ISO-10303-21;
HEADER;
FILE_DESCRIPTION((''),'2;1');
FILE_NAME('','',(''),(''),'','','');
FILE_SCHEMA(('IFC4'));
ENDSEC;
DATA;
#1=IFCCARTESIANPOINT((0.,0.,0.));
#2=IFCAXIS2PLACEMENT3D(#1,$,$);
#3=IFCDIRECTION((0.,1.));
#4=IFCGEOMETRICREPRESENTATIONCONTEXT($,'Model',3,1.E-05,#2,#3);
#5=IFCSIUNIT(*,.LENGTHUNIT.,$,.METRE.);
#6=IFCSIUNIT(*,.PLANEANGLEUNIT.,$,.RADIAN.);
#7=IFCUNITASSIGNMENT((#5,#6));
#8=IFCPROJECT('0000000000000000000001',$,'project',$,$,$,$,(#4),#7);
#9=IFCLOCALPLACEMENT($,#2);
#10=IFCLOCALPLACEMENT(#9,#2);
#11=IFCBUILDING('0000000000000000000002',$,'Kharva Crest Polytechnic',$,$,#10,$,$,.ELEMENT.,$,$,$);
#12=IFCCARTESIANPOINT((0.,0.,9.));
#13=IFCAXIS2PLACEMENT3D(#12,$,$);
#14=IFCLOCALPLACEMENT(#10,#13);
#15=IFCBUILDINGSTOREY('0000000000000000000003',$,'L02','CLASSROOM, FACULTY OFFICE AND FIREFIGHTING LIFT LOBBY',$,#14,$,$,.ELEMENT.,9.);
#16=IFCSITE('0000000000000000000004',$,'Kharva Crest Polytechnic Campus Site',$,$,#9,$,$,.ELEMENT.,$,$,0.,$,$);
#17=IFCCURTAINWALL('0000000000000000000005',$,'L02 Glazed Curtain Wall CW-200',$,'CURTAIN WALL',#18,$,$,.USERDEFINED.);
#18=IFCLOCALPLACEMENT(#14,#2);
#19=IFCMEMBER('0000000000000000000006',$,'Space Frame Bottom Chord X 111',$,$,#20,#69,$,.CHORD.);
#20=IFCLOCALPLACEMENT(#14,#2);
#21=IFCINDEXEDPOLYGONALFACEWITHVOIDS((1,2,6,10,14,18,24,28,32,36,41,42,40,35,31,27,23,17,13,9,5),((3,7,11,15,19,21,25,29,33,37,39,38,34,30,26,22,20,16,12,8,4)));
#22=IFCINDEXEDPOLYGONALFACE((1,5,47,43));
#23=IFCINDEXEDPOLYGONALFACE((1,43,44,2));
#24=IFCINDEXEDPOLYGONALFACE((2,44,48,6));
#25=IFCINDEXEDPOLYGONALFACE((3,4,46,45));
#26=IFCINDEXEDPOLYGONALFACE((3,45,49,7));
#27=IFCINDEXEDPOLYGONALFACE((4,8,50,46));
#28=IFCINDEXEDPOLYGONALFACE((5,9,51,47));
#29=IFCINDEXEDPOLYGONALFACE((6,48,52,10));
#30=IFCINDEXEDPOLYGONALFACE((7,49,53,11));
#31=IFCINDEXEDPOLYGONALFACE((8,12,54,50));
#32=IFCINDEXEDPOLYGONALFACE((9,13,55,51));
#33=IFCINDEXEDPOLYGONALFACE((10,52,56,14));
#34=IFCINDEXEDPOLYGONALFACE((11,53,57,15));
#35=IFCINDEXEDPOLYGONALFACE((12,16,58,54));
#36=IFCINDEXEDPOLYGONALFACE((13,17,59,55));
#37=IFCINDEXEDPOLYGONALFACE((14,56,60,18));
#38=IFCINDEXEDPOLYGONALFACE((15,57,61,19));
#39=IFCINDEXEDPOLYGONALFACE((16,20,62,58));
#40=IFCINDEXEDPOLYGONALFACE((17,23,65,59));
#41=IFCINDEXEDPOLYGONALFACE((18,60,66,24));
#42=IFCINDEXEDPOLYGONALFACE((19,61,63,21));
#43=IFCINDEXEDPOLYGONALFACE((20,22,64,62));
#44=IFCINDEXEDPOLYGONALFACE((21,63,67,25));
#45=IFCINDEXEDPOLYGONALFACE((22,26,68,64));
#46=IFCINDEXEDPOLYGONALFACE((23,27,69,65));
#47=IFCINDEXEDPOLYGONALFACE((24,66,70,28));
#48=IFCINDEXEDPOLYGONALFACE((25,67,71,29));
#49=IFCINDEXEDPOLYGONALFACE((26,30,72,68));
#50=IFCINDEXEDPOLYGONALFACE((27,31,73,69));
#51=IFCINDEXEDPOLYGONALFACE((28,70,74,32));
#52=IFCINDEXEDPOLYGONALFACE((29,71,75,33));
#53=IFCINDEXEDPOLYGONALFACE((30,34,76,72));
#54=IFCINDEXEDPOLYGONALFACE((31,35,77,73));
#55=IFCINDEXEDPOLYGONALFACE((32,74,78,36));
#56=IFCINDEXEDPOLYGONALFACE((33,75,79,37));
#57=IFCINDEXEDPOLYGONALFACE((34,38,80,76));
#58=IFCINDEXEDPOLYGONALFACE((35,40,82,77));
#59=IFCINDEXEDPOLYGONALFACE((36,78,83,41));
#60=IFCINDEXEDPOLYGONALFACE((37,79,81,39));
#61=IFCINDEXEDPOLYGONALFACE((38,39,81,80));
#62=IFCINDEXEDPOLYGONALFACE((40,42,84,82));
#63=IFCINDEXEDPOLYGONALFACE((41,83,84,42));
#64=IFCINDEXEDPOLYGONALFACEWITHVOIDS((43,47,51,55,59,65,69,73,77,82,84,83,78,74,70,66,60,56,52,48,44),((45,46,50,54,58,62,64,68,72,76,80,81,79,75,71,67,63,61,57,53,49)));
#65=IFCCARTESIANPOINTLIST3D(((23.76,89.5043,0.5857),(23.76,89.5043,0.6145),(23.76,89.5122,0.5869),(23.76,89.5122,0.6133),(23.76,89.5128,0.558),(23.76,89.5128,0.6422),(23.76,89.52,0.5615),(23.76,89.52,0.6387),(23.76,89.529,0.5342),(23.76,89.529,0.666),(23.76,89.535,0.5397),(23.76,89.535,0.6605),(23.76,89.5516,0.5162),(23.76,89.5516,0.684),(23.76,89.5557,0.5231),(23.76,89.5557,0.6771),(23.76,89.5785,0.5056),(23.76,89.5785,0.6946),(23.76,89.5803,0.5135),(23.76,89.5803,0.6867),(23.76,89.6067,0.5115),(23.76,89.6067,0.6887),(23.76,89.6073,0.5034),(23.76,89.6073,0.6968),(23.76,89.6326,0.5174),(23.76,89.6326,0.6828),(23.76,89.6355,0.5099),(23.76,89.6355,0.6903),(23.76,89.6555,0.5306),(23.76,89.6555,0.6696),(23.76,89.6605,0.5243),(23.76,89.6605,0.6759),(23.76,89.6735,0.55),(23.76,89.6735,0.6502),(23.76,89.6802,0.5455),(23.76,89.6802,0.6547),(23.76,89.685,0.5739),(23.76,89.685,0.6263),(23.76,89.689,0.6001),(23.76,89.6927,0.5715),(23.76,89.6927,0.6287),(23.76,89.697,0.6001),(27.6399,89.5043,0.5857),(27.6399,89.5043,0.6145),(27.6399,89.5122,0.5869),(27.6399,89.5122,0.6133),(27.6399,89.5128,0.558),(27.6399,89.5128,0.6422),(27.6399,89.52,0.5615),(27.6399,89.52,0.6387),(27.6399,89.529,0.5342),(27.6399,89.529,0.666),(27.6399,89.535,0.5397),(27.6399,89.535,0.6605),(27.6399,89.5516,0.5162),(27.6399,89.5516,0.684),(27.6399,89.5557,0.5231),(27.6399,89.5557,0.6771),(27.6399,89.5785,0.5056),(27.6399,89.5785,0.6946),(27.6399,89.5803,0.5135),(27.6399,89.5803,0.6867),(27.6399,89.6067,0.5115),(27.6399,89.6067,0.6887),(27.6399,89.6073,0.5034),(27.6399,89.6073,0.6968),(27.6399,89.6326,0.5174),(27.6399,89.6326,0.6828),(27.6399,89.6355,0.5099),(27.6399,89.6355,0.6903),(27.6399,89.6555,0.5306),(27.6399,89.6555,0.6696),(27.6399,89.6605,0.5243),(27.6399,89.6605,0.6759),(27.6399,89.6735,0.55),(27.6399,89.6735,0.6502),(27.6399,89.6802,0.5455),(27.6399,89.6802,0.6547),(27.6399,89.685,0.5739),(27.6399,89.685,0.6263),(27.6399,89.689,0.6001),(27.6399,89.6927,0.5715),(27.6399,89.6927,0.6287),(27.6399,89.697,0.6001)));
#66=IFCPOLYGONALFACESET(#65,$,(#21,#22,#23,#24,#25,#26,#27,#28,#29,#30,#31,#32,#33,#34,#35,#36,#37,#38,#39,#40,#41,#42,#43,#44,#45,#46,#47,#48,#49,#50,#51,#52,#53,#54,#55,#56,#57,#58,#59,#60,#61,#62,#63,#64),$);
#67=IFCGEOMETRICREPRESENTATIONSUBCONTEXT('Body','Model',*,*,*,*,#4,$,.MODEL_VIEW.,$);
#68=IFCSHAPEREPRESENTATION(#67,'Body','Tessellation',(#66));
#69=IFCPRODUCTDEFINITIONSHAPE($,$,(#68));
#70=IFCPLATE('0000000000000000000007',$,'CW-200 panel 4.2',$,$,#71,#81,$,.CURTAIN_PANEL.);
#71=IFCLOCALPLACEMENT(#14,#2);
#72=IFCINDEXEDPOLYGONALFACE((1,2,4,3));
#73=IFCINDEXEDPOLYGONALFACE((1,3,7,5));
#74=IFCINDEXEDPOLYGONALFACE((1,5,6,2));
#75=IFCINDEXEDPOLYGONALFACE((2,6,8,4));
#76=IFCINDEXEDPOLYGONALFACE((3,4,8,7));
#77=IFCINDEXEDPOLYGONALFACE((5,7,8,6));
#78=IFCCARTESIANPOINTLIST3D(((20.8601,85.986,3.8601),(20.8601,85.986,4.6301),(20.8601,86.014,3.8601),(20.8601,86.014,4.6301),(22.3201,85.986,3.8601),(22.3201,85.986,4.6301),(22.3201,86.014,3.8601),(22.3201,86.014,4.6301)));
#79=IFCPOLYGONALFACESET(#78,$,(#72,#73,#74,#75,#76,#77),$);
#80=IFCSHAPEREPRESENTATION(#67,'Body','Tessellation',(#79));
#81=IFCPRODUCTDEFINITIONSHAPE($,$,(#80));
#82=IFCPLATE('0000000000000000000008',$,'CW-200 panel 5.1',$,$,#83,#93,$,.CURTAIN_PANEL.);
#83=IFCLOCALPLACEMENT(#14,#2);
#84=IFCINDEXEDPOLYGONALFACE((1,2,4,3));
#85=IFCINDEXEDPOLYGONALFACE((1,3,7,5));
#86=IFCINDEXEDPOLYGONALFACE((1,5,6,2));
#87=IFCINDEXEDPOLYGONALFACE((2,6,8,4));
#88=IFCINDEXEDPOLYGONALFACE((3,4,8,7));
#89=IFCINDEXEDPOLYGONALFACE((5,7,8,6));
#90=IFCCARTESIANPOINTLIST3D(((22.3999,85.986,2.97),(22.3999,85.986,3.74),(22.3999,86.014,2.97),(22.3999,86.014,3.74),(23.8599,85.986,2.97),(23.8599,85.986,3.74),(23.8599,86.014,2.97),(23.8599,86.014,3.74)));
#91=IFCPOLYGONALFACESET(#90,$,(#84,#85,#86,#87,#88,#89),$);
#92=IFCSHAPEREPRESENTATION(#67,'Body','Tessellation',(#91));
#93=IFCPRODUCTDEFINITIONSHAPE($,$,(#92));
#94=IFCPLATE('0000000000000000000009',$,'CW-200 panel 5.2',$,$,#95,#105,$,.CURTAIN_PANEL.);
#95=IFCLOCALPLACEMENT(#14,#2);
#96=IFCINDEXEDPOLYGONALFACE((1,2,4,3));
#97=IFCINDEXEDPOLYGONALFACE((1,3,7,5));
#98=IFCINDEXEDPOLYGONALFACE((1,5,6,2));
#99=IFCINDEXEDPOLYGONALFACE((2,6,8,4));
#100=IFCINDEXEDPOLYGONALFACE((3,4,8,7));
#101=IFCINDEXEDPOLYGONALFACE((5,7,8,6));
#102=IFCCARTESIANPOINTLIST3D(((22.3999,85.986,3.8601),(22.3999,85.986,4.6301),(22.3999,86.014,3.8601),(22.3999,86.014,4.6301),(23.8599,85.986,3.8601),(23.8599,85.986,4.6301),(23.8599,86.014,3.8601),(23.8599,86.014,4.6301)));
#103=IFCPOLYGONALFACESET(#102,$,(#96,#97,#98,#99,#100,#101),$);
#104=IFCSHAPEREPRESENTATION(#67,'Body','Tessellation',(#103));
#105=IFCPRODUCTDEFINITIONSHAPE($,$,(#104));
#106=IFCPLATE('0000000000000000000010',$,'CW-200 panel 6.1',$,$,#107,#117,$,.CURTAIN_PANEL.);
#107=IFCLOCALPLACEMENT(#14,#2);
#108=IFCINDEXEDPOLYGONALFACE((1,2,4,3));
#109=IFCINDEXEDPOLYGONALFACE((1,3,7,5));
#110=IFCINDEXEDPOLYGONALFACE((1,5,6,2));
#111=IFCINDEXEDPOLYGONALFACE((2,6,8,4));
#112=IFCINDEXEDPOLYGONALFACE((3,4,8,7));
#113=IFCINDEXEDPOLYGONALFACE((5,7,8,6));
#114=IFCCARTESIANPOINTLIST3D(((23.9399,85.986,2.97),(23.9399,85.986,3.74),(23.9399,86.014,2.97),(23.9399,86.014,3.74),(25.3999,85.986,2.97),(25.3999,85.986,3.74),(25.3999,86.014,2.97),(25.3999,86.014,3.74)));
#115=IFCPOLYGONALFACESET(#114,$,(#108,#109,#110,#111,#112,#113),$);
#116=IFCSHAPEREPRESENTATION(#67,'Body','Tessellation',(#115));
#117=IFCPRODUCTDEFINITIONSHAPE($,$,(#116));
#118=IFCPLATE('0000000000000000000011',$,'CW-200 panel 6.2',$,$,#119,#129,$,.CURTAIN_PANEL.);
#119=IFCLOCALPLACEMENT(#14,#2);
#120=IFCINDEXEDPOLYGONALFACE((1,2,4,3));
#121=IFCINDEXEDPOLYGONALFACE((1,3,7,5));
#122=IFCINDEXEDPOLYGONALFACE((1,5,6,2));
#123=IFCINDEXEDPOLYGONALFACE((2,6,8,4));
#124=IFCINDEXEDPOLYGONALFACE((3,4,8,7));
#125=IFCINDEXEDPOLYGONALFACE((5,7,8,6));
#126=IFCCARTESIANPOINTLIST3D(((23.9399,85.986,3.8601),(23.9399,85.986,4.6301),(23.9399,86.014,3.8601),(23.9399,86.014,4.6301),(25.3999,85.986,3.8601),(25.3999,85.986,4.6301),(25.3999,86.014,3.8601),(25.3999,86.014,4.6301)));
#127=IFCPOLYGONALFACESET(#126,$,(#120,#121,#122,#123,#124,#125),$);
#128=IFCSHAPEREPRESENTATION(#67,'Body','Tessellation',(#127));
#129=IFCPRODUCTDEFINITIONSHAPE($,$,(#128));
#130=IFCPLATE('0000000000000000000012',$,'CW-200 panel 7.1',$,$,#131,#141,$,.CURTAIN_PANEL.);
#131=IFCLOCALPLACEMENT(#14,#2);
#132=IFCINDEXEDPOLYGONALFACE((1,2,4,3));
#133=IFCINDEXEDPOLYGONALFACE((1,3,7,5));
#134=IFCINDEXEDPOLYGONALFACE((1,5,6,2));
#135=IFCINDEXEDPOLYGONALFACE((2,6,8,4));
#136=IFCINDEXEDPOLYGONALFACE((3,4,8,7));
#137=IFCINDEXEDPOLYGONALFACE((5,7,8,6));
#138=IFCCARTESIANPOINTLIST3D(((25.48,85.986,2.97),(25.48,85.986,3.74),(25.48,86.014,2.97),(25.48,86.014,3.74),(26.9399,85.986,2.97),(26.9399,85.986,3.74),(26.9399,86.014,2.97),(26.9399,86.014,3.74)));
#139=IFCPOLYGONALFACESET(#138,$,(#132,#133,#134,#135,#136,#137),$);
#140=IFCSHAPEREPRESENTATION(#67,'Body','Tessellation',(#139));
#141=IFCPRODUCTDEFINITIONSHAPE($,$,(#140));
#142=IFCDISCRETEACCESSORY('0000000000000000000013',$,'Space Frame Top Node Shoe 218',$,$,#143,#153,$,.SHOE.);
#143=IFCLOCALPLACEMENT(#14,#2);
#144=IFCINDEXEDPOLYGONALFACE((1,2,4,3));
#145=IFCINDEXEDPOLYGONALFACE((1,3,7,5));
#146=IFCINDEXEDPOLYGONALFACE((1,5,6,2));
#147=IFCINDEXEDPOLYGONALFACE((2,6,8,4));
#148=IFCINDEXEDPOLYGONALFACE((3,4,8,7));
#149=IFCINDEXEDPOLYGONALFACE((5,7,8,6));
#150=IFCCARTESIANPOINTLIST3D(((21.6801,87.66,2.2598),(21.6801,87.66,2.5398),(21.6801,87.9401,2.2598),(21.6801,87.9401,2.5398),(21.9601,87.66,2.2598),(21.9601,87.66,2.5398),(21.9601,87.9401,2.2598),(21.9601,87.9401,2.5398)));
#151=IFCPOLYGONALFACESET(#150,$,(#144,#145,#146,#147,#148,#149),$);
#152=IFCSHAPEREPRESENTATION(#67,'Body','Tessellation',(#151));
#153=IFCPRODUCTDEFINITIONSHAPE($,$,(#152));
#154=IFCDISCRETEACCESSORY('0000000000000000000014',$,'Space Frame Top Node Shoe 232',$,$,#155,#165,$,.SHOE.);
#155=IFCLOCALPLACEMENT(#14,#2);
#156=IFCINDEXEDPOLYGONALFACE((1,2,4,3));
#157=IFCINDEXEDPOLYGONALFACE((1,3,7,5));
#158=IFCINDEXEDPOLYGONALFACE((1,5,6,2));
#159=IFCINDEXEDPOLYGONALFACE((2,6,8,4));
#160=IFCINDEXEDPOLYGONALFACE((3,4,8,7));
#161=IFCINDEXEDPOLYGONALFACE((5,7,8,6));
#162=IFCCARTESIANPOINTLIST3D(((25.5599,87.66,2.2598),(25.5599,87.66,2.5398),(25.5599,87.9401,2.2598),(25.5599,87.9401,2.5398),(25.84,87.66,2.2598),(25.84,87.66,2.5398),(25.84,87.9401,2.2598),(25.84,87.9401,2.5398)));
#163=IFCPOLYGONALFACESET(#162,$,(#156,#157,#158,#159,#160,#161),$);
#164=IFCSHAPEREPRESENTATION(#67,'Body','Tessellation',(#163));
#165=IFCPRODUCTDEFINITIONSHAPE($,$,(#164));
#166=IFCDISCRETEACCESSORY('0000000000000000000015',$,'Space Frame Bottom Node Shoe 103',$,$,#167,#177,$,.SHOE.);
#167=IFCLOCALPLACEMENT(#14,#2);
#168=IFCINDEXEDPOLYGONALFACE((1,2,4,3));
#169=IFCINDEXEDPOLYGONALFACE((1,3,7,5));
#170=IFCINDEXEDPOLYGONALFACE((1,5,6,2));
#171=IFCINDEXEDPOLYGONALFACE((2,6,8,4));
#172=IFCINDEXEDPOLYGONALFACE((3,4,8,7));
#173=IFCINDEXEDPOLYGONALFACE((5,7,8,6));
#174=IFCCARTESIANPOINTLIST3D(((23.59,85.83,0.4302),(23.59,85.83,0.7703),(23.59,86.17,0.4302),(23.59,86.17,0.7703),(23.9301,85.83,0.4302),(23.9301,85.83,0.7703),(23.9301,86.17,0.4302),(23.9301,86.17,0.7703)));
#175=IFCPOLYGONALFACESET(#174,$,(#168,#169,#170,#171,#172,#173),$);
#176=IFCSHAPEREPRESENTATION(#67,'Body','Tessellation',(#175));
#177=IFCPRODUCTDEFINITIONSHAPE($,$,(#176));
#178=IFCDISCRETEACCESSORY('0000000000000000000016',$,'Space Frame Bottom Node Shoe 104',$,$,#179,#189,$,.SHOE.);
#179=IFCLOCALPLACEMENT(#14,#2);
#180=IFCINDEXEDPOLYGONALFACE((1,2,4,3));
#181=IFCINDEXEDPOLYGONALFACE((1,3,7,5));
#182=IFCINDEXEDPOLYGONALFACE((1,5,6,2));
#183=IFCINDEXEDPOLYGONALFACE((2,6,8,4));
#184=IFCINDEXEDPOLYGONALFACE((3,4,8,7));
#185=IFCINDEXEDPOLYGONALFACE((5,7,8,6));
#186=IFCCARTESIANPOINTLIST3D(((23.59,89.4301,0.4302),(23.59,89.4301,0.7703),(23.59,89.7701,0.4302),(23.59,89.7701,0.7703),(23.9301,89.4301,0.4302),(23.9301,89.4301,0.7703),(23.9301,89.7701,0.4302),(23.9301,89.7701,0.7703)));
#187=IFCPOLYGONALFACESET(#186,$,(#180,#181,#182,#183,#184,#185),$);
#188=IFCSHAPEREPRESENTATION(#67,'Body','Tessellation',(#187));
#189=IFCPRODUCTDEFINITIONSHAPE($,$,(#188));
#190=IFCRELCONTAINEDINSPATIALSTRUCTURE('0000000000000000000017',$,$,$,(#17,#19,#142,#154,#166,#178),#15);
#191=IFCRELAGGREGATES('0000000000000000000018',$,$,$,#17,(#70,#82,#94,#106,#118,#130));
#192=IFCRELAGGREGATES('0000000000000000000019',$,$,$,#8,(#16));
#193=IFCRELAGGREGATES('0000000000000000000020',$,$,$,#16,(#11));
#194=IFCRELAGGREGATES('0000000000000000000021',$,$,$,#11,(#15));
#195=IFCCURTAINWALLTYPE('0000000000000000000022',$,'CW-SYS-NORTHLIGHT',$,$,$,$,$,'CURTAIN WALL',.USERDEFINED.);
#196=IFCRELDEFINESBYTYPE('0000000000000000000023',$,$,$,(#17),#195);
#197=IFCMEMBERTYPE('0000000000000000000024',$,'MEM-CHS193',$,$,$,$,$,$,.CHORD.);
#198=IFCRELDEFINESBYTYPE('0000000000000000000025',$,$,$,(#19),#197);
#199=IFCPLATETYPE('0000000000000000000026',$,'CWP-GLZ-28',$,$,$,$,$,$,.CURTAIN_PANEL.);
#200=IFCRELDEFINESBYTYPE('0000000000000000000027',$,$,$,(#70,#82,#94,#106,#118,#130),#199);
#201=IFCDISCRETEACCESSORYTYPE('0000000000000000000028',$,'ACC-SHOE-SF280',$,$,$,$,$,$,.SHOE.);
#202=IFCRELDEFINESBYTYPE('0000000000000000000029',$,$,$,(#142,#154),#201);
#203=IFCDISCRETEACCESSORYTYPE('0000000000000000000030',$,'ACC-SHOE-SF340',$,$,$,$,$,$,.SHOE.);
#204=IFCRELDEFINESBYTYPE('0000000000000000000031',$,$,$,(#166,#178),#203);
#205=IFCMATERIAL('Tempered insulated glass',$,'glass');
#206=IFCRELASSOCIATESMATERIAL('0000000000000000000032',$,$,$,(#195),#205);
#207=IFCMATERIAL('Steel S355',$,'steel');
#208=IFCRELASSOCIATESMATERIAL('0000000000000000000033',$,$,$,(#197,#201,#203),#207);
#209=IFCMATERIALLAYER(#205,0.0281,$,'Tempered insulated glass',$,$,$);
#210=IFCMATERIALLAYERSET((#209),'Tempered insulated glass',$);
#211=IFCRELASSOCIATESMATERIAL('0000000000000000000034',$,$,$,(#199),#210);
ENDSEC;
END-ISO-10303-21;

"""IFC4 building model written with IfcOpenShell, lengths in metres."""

from ifc_helpers import new_model, si_unit, direction, frame, origin, origin_2d, place, context, subcontext, project, spatial, rectangle, hollow_circle, extrude, material, layer, layer_set, material_profile, profile_set, type_object, element, aggregate, save


model = new_model("IFC4")

# Units and contexts
model_context = context("Model", 3, precision=1e-05, world=origin(), true_north=direction((0.0, 1.0)))
body_context = subcontext(model_context, "Body", "Model", "MODEL_VIEW")
ifc_project = project(units=[si_unit("LENGTHUNIT", "METRE"), si_unit("PLANEANGLEUNIT", "RADIAN")], contexts=[model_context])

# Site, building, storey
site_placement = place(None, origin())
site = spatial("IfcSite", under=ifc_project, at=site_placement, Name="Kharva Crest Polytechnic Campus Site", CompositionType="ELEMENT", RefElevation=0.0)
building_placement = place(site_placement, origin())
building = spatial("IfcBuilding", under=site, at=building_placement, Name="Kharva Crest Polytechnic", CompositionType="ELEMENT")
storey_placement = place(building_placement, frame((0.0, 0.0, 9.0)))
storey = spatial("IfcBuildingStorey", under=building, at=storey_placement, Name="L02", Description="CLASSROOM, FACULTY OFFICE AND FIREFIGHTING LIFT LOBBY", CompositionType="ELEMENT", Elevation=9.0)

# Curtain wall
ifc_material_1 = material(Name="Tempered insulated glass", Category="glass")
curtain_wall_type = type_object("IfcCurtainWallType", Name="CW-SYS-NORTHLIGHT", ElementType="CURTAIN WALL", PredefinedType="USERDEFINED", material=ifc_material_1)
curtain_wall_placement = place(storey_placement, origin())
curtain_wall = element("IfcCurtainWall", 1, at=curtain_wall_placement, inside=storey, type_object=curtain_wall_type, Name="L02 Glazed Curtain Wall CW-200", ObjectType="CURTAIN WALL", PredefinedType="USERDEFINED")
ifc_material_2 = material(Name="Steel S355", Category="steel")

# Member
ifc_material_profile_1 = material_profile(ifc_material_2, hollow_circle(Radius=0.0969, WallThickness=0.0081, at=origin_2d()), Name="CHS 193.7X8.0")
ifc_profile_set_1 = profile_set([ifc_material_profile_1], Name="Steel S355")
member_type_1 = type_object("IfcMemberType", Name="MEM-CHS193", PredefinedType="CHORD", material=ifc_profile_set_1)
for number, where, z_axis, x_axis, name in (
    (2, (23.76, 89.6001, 0.6001), (1.0, 0.0, 0.0), (0.0, 1.0, 0.0), "Space Frame Bottom Chord X 111"),
):
    element("IfcMember", number, at=place(storey_placement, frame(where, z_axis=z_axis, x_axis=x_axis)), inside=storey, type_object=member_type_1, Name=name, PredefinedType="CHORD", context=body_context, shape_type="SweptSolid", body=[
        extrude(hollow_circle(Radius=0.0969, WallThickness=0.0081, at=origin_2d()), origin(), (0.0, 0.0, 1.0), 3.8799),
    ])

# Plates
ifc_layer = layer(ifc_material_1, 0.0281, Name="Tempered insulated glass")
ifc_layer_set = layer_set([ifc_layer], Name="Tempered insulated glass")
plate_type = type_object("IfcPlateType", Name="CWP-GLZ-28", PredefinedType="CURTAIN_PANEL", material=ifc_layer_set)
plate_1_placement = place(storey_placement, frame((21.5901, 86.0, 3.8601), z_axis=(0.0, 0.0, 1.0), x_axis=(1.0, 0.0, 0.0)))
plate_1 = element("IfcPlate", 3, at=plate_1_placement, type_object=plate_type, Name="CW-200 panel 4.2", PredefinedType="CURTAIN_PANEL", context=body_context, shape_type="SweptSolid", body=[
    extrude(rectangle(XDim=1.46, YDim=0.0281, at=origin_2d()), origin(), (0.0, 0.0, 1.0), 0.77),
])
plate_2_placement = place(storey_placement, frame((23.1299, 86.0, 2.97), z_axis=(0.0, 0.0, 1.0), x_axis=(1.0, 0.0, 0.0)))
plate_2 = element("IfcPlate", 4, at=plate_2_placement, type_object=plate_type, Name="CW-200 panel 5.1", PredefinedType="CURTAIN_PANEL", context=body_context, shape_type="SweptSolid", body=[
    extrude(rectangle(XDim=1.46, YDim=0.0281, at=origin_2d()), origin(), (0.0, 0.0, 1.0), 0.77),
])
plate_3_placement = place(storey_placement, frame((23.1299, 86.0, 3.8601), z_axis=(0.0, 0.0, 1.0), x_axis=(1.0, 0.0, 0.0)))
plate_3 = element("IfcPlate", 5, at=plate_3_placement, type_object=plate_type, Name="CW-200 panel 5.2", PredefinedType="CURTAIN_PANEL", context=body_context, shape_type="SweptSolid", body=[
    extrude(rectangle(XDim=1.46, YDim=0.0281, at=origin_2d()), origin(), (0.0, 0.0, 1.0), 0.77),
])
plate_4_placement = place(storey_placement, frame((24.6699, 86.0, 2.97), z_axis=(0.0, 0.0, 1.0), x_axis=(1.0, 0.0, 0.0)))
plate_4 = element("IfcPlate", 6, at=plate_4_placement, type_object=plate_type, Name="CW-200 panel 6.1", PredefinedType="CURTAIN_PANEL", context=body_context, shape_type="SweptSolid", body=[
    extrude(rectangle(XDim=1.46, YDim=0.0281, at=origin_2d()), origin(), (0.0, 0.0, 1.0), 0.77),
])
plate_5_placement = place(storey_placement, frame((24.6699, 86.0, 3.8601), z_axis=(0.0, 0.0, 1.0), x_axis=(1.0, 0.0, 0.0)))
plate_5 = element("IfcPlate", 7, at=plate_5_placement, type_object=plate_type, Name="CW-200 panel 6.2", PredefinedType="CURTAIN_PANEL", context=body_context, shape_type="SweptSolid", body=[
    extrude(rectangle(XDim=1.46, YDim=0.0281, at=origin_2d()), origin(), (0.0, 0.0, 1.0), 0.77),
])
plate_6_placement = place(storey_placement, frame((26.21, 86.0, 2.97), z_axis=(0.0, 0.0, 1.0), x_axis=(1.0, 0.0, 0.0)))
plate_6 = element("IfcPlate", 8, at=plate_6_placement, type_object=plate_type, Name="CW-200 panel 7.1", PredefinedType="CURTAIN_PANEL", context=body_context, shape_type="SweptSolid", body=[
    extrude(rectangle(XDim=1.46, YDim=0.0281, at=origin_2d()), origin(), (0.0, 0.0, 1.0), 0.77),
])
aggregate(curtain_wall, [plate_1, plate_2, plate_3, plate_4, plate_5, plate_6])

# Discrete accessories
discrete_accessory_type_1 = type_object("IfcDiscreteAccessoryType", Name="ACC-SHOE-SF280", PredefinedType="SHOE", material=ifc_material_2)
for number, where, z_axis, x_axis, name in (
    (9, (21.8201, 87.8, 2.2598), (0.0, 0.0, 1.0), (1.0, 0.0, 0.0), "Space Frame Top Node Shoe 218"),
    (10, (25.7, 87.8, 2.2598), (0.0, 0.0, 1.0), (1.0, 0.0, 0.0), "Space Frame Top Node Shoe 232"),
):
    element("IfcDiscreteAccessory", number, at=place(storey_placement, frame(where, z_axis=z_axis, x_axis=x_axis)), inside=storey, type_object=discrete_accessory_type_1, Name=name, PredefinedType="SHOE", context=body_context, shape_type="SweptSolid", body=[
        extrude(rectangle(XDim=0.28, YDim=0.28, at=origin_2d()), origin(), (0.0, 0.0, 1.0), 0.28),
    ])
discrete_accessory_type_2 = type_object("IfcDiscreteAccessoryType", Name="ACC-SHOE-SF340", PredefinedType="SHOE", material=ifc_material_2)
for number, where, z_axis, x_axis, name in (
    (11, (23.76, 86.0, 0.4302), (0.0, 0.0, 1.0), (1.0, 0.0, 0.0), "Space Frame Bottom Node Shoe 103"),
    (12, (23.76, 89.6001, 0.4302), (0.0, 0.0, 1.0), (1.0, 0.0, 0.0), "Space Frame Bottom Node Shoe 104"),
):
    element("IfcDiscreteAccessory", number, at=place(storey_placement, frame(where, z_axis=z_axis, x_axis=x_axis)), inside=storey, type_object=discrete_accessory_type_2, Name=name, PredefinedType="SHOE", context=body_context, shape_type="SweptSolid", body=[
        extrude(rectangle(XDim=0.3401, YDim=0.3401, at=origin_2d()), origin(), (0.0, 0.0, 1.0), 0.3401),
    ])

save(model, "model.ifc")
